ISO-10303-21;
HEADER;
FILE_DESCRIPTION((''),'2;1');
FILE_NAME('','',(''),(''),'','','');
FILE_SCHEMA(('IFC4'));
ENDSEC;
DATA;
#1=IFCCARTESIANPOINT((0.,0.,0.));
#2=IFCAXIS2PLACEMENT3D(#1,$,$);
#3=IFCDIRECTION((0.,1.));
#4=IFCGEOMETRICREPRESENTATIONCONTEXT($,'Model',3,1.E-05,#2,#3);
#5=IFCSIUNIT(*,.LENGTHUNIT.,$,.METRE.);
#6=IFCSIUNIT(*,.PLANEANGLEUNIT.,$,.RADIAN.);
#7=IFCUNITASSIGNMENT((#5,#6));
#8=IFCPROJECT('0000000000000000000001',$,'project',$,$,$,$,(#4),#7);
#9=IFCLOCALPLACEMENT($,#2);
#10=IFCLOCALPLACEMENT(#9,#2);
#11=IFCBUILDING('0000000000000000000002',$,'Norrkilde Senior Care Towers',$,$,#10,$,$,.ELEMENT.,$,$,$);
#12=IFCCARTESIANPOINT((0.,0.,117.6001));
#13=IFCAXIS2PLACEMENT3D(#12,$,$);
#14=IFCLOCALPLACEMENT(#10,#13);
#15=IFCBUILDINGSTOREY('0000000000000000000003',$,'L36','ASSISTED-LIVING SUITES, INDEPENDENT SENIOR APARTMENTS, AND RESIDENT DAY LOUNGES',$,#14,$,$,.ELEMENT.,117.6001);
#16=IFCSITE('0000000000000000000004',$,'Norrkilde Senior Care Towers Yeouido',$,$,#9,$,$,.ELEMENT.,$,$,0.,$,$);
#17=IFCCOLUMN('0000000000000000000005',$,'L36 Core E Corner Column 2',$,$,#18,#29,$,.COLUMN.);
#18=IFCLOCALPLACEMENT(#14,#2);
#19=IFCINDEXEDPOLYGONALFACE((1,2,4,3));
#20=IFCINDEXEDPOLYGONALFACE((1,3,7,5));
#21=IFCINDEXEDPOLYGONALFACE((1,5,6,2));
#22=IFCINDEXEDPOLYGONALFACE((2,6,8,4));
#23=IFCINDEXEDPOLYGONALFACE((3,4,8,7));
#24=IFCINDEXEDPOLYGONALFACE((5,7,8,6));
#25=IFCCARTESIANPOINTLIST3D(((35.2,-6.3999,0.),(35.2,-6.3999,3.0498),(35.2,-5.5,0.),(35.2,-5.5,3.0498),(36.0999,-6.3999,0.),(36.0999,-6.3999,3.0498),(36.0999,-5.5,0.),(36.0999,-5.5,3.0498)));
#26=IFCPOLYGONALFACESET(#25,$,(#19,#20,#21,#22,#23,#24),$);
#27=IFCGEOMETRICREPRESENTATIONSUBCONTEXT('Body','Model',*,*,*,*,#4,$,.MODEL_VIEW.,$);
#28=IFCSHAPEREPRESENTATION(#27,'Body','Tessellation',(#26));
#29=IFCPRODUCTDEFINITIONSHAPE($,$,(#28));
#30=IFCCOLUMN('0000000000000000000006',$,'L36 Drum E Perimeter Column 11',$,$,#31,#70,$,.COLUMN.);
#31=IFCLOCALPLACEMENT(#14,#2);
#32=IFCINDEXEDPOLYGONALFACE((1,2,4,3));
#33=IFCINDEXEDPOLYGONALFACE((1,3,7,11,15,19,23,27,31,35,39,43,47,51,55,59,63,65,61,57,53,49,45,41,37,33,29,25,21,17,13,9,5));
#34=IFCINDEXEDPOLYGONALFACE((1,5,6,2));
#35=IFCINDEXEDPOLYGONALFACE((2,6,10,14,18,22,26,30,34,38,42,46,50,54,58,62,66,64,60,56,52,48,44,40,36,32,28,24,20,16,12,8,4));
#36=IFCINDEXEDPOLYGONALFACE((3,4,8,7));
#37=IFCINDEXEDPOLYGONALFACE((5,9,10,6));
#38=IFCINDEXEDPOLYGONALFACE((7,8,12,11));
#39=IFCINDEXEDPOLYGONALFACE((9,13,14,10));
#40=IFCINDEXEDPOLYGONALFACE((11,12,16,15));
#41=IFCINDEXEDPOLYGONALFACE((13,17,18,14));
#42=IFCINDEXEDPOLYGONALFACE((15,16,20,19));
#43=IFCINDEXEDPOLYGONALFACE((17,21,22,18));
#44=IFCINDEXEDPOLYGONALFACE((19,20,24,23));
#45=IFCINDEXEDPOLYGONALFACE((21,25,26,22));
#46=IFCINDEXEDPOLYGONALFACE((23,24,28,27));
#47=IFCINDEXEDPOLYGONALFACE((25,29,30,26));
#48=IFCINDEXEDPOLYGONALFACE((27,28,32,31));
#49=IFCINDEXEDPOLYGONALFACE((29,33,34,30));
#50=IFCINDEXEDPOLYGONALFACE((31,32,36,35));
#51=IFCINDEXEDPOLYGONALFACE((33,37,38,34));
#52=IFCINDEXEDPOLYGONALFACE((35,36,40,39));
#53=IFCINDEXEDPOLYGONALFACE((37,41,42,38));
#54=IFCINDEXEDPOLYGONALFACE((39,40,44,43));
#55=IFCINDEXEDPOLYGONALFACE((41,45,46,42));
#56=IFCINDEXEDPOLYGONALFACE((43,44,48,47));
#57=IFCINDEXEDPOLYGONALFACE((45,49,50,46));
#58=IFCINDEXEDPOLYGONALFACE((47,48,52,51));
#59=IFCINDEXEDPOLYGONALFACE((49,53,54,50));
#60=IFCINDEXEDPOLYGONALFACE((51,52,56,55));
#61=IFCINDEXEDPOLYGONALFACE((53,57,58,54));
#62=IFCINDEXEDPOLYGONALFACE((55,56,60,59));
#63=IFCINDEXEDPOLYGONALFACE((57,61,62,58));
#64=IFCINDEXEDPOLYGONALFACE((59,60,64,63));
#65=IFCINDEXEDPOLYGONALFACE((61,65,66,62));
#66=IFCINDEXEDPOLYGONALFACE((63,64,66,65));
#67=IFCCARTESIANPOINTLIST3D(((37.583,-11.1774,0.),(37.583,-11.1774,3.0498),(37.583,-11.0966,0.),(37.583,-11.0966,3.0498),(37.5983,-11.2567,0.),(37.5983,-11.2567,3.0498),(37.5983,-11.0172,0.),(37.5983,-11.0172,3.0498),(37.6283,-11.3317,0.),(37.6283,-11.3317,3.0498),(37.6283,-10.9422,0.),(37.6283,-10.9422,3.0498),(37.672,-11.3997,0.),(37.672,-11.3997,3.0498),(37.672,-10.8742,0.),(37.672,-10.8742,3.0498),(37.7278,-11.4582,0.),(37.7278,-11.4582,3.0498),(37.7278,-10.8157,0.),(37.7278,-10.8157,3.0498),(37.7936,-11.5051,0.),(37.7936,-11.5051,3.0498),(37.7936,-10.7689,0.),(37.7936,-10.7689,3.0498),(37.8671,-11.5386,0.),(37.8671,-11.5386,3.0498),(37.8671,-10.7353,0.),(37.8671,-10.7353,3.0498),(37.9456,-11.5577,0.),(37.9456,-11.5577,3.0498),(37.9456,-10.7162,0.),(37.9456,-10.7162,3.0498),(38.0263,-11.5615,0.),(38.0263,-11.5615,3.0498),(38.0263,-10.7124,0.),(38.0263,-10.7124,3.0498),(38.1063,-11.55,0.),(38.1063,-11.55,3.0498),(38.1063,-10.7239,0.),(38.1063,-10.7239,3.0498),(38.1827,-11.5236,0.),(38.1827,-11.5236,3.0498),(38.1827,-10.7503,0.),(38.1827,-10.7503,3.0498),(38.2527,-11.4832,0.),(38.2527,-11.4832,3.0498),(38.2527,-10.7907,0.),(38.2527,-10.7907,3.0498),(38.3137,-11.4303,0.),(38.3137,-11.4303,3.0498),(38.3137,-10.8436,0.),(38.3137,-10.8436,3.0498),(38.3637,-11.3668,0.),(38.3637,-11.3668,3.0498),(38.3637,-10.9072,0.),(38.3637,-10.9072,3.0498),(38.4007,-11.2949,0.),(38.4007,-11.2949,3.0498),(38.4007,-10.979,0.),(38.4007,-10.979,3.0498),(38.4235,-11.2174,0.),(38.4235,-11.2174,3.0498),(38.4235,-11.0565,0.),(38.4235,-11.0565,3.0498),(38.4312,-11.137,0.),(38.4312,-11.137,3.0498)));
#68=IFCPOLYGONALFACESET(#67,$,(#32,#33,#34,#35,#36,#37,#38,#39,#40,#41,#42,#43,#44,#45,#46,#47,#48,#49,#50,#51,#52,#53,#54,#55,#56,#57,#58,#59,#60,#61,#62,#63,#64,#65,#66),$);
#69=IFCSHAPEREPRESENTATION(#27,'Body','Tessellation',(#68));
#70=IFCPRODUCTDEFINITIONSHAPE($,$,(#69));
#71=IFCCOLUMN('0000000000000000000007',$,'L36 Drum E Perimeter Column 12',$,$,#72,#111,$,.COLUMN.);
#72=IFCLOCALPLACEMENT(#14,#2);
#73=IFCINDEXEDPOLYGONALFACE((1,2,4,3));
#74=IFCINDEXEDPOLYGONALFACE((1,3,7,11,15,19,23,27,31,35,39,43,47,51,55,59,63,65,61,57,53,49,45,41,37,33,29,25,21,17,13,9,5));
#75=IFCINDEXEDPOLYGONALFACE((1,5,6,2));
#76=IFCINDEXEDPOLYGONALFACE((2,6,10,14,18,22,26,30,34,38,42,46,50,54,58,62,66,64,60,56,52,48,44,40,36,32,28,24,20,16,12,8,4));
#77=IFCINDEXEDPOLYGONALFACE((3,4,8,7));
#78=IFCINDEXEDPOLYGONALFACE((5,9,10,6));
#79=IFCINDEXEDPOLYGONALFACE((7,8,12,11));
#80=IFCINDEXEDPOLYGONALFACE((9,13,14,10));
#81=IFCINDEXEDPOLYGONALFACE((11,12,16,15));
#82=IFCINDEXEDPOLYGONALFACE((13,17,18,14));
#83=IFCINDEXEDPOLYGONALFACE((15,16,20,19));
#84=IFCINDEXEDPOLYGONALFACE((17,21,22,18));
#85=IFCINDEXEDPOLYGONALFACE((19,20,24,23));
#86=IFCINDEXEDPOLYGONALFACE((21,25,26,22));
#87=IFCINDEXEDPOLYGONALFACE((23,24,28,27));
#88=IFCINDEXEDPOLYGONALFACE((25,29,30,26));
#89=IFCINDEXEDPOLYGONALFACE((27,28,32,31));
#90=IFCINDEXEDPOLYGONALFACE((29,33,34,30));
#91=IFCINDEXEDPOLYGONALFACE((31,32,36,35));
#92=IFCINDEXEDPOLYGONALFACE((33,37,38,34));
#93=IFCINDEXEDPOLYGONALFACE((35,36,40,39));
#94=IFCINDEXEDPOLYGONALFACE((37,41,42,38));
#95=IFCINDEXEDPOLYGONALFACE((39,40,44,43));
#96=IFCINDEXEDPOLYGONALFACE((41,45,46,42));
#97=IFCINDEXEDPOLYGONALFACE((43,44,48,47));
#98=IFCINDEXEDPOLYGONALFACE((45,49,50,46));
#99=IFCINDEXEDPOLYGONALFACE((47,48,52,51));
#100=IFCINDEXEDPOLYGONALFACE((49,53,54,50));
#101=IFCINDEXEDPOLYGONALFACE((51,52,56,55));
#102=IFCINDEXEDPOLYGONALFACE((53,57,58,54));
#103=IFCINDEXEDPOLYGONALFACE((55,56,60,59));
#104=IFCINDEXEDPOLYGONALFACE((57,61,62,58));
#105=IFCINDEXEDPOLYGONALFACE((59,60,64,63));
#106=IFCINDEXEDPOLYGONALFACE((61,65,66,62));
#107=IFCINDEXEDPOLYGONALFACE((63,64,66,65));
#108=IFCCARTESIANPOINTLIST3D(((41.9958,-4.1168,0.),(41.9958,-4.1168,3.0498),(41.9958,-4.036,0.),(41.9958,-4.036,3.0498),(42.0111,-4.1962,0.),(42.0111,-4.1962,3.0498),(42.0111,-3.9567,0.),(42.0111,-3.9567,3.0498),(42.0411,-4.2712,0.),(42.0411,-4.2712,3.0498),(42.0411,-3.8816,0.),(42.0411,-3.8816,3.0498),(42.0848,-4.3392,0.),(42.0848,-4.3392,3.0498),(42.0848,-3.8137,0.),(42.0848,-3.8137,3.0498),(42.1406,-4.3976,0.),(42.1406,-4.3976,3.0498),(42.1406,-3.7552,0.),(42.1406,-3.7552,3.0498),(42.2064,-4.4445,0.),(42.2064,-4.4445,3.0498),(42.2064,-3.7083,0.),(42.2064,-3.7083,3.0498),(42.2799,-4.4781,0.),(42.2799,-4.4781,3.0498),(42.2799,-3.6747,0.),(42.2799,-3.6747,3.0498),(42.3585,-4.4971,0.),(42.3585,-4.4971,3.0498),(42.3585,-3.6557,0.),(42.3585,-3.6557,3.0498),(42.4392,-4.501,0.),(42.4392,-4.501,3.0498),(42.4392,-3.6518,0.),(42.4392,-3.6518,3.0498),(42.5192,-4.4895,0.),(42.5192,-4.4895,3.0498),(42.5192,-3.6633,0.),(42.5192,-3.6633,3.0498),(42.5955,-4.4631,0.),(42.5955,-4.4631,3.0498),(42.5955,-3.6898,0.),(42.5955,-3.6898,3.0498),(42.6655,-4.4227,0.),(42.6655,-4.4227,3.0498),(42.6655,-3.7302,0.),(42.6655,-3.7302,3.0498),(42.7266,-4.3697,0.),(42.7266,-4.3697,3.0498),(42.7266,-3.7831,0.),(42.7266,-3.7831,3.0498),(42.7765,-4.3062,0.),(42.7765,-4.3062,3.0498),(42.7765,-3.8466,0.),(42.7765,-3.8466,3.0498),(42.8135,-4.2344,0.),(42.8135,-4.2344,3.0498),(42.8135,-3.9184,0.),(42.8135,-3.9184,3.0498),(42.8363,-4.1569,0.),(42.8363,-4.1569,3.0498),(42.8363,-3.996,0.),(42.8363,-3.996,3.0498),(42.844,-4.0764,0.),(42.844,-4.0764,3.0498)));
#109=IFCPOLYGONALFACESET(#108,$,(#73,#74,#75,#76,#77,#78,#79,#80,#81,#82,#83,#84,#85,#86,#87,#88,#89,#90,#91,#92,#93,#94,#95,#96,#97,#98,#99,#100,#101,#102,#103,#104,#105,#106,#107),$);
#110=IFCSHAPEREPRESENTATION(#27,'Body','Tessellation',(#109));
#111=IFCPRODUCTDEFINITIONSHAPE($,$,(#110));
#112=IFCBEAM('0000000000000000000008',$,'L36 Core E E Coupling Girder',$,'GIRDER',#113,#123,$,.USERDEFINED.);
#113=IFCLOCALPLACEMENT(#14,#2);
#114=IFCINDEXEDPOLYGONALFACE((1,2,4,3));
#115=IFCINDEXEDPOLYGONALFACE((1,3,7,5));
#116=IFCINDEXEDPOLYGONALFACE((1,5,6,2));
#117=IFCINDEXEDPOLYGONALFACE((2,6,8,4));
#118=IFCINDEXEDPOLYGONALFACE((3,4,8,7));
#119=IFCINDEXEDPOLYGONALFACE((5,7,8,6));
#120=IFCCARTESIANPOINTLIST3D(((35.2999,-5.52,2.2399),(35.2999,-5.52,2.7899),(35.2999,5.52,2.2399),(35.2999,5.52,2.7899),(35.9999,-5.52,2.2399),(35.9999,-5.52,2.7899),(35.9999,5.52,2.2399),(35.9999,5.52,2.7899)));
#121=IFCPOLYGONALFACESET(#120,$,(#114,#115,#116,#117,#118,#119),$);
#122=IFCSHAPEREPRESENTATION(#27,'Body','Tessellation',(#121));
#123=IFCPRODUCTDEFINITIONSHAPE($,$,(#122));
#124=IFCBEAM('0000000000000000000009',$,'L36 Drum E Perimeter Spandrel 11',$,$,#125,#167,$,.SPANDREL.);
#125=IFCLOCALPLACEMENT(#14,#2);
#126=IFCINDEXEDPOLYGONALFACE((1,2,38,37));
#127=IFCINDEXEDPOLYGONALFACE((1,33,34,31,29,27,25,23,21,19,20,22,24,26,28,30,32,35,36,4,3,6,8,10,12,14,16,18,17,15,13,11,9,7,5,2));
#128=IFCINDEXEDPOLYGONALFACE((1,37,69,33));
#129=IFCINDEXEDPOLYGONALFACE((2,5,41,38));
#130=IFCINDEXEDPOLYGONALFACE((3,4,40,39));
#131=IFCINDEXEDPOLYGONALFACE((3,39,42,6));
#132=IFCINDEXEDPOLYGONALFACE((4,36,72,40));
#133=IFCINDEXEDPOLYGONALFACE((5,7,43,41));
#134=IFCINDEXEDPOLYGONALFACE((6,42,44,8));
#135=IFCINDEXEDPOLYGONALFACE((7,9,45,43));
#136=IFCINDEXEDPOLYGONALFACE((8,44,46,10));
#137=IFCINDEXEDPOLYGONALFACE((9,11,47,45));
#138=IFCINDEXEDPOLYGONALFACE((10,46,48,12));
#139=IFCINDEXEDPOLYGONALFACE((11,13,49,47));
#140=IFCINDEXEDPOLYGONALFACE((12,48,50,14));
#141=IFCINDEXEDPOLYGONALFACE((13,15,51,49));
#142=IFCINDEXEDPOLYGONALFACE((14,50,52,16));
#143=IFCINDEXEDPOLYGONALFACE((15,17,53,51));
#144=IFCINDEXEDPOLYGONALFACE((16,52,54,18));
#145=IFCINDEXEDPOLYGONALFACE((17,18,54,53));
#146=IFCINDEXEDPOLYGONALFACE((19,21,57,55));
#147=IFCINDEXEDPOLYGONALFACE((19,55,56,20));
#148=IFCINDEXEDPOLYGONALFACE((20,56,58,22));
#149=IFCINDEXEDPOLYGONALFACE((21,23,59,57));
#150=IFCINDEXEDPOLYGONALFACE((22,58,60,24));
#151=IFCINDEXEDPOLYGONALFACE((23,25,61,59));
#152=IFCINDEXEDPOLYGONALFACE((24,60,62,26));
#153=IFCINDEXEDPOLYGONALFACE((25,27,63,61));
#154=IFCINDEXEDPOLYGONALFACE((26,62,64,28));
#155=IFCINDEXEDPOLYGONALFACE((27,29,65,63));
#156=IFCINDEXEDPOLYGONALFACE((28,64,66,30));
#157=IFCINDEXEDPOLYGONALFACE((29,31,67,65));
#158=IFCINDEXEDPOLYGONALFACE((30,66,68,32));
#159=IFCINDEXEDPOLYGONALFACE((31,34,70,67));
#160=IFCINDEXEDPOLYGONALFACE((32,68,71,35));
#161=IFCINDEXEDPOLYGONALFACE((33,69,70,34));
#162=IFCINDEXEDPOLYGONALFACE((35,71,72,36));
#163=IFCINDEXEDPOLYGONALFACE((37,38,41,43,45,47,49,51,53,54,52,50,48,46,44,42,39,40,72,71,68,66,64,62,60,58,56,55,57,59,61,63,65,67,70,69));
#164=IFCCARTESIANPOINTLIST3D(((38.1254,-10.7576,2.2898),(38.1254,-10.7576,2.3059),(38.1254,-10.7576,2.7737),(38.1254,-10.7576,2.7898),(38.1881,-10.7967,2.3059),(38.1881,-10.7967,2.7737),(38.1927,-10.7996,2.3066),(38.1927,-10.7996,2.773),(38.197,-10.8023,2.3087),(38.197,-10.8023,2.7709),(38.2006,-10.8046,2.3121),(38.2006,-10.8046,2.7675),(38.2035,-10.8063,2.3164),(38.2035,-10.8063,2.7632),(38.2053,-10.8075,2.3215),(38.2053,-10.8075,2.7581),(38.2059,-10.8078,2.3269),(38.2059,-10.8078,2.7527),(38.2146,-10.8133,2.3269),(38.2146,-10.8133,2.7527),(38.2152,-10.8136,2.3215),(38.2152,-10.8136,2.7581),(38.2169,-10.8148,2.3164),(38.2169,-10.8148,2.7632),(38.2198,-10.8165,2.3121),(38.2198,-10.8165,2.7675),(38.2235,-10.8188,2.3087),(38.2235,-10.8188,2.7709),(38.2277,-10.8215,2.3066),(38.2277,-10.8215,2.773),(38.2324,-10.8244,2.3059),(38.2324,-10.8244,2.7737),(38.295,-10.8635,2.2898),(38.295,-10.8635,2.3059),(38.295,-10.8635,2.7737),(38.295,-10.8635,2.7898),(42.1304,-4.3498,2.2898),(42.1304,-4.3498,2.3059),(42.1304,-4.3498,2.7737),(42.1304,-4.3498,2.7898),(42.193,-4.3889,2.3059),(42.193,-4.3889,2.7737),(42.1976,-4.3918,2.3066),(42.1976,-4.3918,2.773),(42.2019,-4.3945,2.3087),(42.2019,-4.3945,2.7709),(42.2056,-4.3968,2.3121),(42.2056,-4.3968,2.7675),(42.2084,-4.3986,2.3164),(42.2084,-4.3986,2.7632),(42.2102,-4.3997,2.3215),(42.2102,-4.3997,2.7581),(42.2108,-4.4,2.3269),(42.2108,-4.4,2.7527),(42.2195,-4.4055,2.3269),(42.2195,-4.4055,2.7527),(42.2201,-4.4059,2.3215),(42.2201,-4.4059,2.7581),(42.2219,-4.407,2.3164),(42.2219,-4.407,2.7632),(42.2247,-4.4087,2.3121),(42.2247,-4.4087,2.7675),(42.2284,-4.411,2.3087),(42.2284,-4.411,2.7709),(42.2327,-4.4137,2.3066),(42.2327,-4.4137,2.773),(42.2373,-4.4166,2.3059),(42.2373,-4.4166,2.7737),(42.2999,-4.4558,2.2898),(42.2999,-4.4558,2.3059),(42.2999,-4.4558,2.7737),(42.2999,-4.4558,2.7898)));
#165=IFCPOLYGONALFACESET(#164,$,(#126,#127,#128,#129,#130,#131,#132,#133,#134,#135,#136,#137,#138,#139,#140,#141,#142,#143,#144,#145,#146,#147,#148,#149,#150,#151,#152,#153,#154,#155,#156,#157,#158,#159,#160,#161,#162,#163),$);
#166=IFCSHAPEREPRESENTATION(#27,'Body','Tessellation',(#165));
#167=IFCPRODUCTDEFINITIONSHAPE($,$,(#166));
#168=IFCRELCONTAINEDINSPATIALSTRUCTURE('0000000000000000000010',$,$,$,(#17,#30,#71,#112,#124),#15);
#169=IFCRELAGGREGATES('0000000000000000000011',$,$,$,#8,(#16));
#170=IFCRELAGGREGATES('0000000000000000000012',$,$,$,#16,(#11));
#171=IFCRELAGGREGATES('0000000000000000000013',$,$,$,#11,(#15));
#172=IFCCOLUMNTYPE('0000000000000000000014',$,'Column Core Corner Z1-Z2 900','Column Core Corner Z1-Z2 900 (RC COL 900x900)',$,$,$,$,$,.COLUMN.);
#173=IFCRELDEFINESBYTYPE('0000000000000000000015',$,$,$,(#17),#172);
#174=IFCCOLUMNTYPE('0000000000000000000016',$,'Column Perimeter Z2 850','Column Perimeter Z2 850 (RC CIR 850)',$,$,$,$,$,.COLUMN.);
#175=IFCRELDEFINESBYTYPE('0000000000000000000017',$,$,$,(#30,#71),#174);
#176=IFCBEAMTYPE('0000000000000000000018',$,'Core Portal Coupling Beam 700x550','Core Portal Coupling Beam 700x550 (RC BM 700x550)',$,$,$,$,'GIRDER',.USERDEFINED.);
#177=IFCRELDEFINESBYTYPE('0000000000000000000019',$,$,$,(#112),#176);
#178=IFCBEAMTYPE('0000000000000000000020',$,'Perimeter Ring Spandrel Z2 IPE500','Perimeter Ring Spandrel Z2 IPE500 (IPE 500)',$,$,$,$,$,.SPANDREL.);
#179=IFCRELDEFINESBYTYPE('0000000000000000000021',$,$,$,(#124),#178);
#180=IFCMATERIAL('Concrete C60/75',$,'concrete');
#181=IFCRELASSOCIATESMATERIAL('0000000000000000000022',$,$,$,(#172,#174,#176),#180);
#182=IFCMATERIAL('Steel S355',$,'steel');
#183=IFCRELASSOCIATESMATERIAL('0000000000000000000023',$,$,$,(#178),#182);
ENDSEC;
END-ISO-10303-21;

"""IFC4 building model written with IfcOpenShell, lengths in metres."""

from ifc_helpers import new_model, si_unit, direction, frame, origin, origin_2d, place, context, subcontext, project, spatial, rectangle, circle, i_section, extrude, source, transform, mapped, material, material_profile, profile_set, type_object, type_shapes, element, save


model = new_model("IFC4")

# Units and contexts
model_context = context("Model", 3, precision=1e-05, world=origin(), true_north=direction((0.0, 1.0)))
body_context = subcontext(model_context, "Body", "Model", "MODEL_VIEW")
ifc_project = project(units=[si_unit("LENGTHUNIT", "METRE"), si_unit("PLANEANGLEUNIT", "RADIAN")], contexts=[model_context])

# Site, building, storey
site_placement = place(None, origin())
site = spatial("IfcSite", under=ifc_project, at=site_placement, Name="Norrkilde Senior Care Towers Yeouido", CompositionType="ELEMENT", RefElevation=0.0)
building_placement = place(site_placement, origin())
building = spatial("IfcBuilding", under=site, at=building_placement, Name="Norrkilde Senior Care Towers", CompositionType="ELEMENT")
storey_placement = place(building_placement, frame((0.0, 0.0, 117.6001)))
storey = spatial("IfcBuildingStorey", under=building, at=storey_placement, Name="L36", Description="ASSISTED-LIVING SUITES, INDEPENDENT SENIOR APARTMENTS, AND RESIDENT DAY LOUNGES", CompositionType="ELEMENT", Elevation=117.6001)

# Columns
ifc_material_1 = material(Name="Concrete C60/75", Category="concrete")
ifc_material_profile_1 = material_profile(ifc_material_1, rectangle(XDim=0.8999, YDim=0.8999, at=origin_2d()), Name="RC COL 900x900")
ifc_profile_set_1 = profile_set([ifc_material_profile_1], Name="Concrete C60/75")
column_type_1 = type_object("IfcColumnType", Name="Column Core Corner Z1-Z2 900", Description="Column Core Corner Z1-Z2 900 (RC COL 900x900)", PredefinedType="COLUMN", material=ifc_profile_set_1)
shared_shape_1 = source(origin(), body_context, "Body", "SweptSolid", [
    extrude(rectangle(XDim=0.8999, YDim=0.8999, at=origin_2d()), origin(), (0.0, 0.0, 1.0), 3.0498),
])
type_shapes(column_type_1, [shared_shape_1])
column_placement = place(storey_placement, frame((35.6499, -5.95, 0.0), z_axis=(0.0, 0.0, 1.0), x_axis=(1.0, 0.0, 0.0)))
element("IfcColumn", 1, at=column_placement, inside=storey, type_object=column_type_1, Name="L36 Core E Corner Column 2", PredefinedType="COLUMN", context=body_context, shape_type="MappedRepresentation", body=[
    mapped(shared_shape_1, transform((0.0, 0.0, 0.0), x_axis=(1.0, 0.0, 0.0), y_axis=(0.0, 1.0, 0.0), z_axis=(0.0, 0.0, 1.0), scale=1.0)),
])
ifc_material_profile_2 = material_profile(ifc_material_1, circle(Radius=0.425, at=origin_2d()), Name="RC CIR 850")
ifc_profile_set_2 = profile_set([ifc_material_profile_2], Name="Concrete C60/75")
column_type_2 = type_object("IfcColumnType", Name="Column Perimeter Z2 850", Description="Column Perimeter Z2 850 (RC CIR 850)", PredefinedType="COLUMN", material=ifc_profile_set_2)
shared_shape_2 = source(origin(), body_context, "Body", "SweptSolid", [
    extrude(circle(Radius=0.425, at=origin_2d()), origin(), (0.0, 0.0, 1.0), 3.0498),
])
type_shapes(column_type_2, [shared_shape_2])
for number, where, z_axis, x_axis, name in (
    (2, (38.0061, -11.137, 0.0), (0.0, 0.0, 1.0), (1.0, 0.0, 0.0), "L36 Drum E Perimeter Column 11"),
    (3, (42.4189, -4.0764, 0.0), (0.0, 0.0, 1.0), (1.0, 0.0, 0.0), "L36 Drum E Perimeter Column 12"),
):
    element("IfcColumn", number, at=place(storey_placement, frame(where, z_axis=z_axis, x_axis=x_axis)), inside=storey, type_object=column_type_2, Name=name, PredefinedType="COLUMN", context=body_context, shape_type="MappedRepresentation", body=[
        mapped(shared_shape_2, transform((0.0, 0.0, 0.0), x_axis=(1.0, 0.0, 0.0), y_axis=(0.0, 1.0, 0.0), z_axis=(0.0, 0.0, 1.0), scale=1.0)),
    ])

# Beams
ifc_material_profile_3 = material_profile(ifc_material_1, rectangle(XDim=0.7, YDim=0.55, at=origin_2d()), Name="RC BM 700x550")
ifc_profile_set_3 = profile_set([ifc_material_profile_3], Name="Concrete C60/75")
beam_type_1 = type_object("IfcBeamType", Name="Core Portal Coupling Beam 700x550", Description="Core Portal Coupling Beam 700x550 (RC BM 700x550)", ElementType="GIRDER", PredefinedType="USERDEFINED", material=ifc_profile_set_3)
shared_shape_3 = source(origin(), body_context, "Body", "SweptSolid", [
    extrude(rectangle(XDim=0.7, YDim=0.55, at=origin_2d()), origin(), (0.0, 0.0, 1.0), 11.04),
])
type_shapes(beam_type_1, [shared_shape_3])
beam_1_placement = place(storey_placement, frame((35.6499, -5.52, 2.5149), z_axis=(0.0, 1.0, 0.0), x_axis=(-1.0, 0.0, 0.0)))
element("IfcBeam", 4, at=beam_1_placement, inside=storey, type_object=beam_type_1, Name="L36 Core E E Coupling Girder", ObjectType="GIRDER", PredefinedType="USERDEFINED", context=body_context, shape_type="MappedRepresentation", body=[
    mapped(shared_shape_3, transform((0.0, 0.0, 0.0), x_axis=(1.0, 0.0, 0.0), y_axis=(0.0, 1.0, 0.0), z_axis=(0.0, 0.0, 1.0), scale=1.0)),
])
ifc_material_2 = material(Name="Steel S355", Category="steel")
ifc_material_profile_4 = material_profile(ifc_material_2, i_section(OverallWidth=0.2, OverallDepth=0.5, WebThickness=0.0103, FlangeThickness=0.0161, FilletRadius=0.021, at=origin_2d()), Name="IPE 500")
ifc_profile_set_4 = profile_set([ifc_material_profile_4], Name="Steel S355")
beam_type_2 = type_object("IfcBeamType", Name="Perimeter Ring Spandrel Z2 IPE500", Description="Perimeter Ring Spandrel Z2 IPE500 (IPE 500)", PredefinedType="SPANDREL", material=ifc_profile_set_4)
shared_shape_4 = source(origin(), body_context, "Body", "SweptSolid", [
    extrude(i_section(OverallWidth=0.2, OverallDepth=0.5, WebThickness=0.0103, FlangeThickness=0.0161, FilletRadius=0.021, at=origin_2d()), origin(), (0.0, 0.0, 1.0), 7.5564),
])
beam_2_placement = place(storey_placement, frame((38.2102, -10.8105, 2.5398), z_axis=(0.530005, 0.847995, 0.0), x_axis=(-0.847995, 0.530005, 0.0)))
element("IfcBeam", 5, at=beam_2_placement, inside=storey, type_object=beam_type_2, Name="L36 Drum E Perimeter Spandrel 11", PredefinedType="SPANDREL", context=body_context, shape_type="MappedRepresentation", body=[
    mapped(shared_shape_4, transform((0.0, 0.0, 0.0), x_axis=(1.0, 0.0, 0.0), y_axis=(0.0, 1.0, 0.0), z_axis=(0.0, 0.0, 1.0), scale=1.0)),
])

save(model, "model.ifc")
